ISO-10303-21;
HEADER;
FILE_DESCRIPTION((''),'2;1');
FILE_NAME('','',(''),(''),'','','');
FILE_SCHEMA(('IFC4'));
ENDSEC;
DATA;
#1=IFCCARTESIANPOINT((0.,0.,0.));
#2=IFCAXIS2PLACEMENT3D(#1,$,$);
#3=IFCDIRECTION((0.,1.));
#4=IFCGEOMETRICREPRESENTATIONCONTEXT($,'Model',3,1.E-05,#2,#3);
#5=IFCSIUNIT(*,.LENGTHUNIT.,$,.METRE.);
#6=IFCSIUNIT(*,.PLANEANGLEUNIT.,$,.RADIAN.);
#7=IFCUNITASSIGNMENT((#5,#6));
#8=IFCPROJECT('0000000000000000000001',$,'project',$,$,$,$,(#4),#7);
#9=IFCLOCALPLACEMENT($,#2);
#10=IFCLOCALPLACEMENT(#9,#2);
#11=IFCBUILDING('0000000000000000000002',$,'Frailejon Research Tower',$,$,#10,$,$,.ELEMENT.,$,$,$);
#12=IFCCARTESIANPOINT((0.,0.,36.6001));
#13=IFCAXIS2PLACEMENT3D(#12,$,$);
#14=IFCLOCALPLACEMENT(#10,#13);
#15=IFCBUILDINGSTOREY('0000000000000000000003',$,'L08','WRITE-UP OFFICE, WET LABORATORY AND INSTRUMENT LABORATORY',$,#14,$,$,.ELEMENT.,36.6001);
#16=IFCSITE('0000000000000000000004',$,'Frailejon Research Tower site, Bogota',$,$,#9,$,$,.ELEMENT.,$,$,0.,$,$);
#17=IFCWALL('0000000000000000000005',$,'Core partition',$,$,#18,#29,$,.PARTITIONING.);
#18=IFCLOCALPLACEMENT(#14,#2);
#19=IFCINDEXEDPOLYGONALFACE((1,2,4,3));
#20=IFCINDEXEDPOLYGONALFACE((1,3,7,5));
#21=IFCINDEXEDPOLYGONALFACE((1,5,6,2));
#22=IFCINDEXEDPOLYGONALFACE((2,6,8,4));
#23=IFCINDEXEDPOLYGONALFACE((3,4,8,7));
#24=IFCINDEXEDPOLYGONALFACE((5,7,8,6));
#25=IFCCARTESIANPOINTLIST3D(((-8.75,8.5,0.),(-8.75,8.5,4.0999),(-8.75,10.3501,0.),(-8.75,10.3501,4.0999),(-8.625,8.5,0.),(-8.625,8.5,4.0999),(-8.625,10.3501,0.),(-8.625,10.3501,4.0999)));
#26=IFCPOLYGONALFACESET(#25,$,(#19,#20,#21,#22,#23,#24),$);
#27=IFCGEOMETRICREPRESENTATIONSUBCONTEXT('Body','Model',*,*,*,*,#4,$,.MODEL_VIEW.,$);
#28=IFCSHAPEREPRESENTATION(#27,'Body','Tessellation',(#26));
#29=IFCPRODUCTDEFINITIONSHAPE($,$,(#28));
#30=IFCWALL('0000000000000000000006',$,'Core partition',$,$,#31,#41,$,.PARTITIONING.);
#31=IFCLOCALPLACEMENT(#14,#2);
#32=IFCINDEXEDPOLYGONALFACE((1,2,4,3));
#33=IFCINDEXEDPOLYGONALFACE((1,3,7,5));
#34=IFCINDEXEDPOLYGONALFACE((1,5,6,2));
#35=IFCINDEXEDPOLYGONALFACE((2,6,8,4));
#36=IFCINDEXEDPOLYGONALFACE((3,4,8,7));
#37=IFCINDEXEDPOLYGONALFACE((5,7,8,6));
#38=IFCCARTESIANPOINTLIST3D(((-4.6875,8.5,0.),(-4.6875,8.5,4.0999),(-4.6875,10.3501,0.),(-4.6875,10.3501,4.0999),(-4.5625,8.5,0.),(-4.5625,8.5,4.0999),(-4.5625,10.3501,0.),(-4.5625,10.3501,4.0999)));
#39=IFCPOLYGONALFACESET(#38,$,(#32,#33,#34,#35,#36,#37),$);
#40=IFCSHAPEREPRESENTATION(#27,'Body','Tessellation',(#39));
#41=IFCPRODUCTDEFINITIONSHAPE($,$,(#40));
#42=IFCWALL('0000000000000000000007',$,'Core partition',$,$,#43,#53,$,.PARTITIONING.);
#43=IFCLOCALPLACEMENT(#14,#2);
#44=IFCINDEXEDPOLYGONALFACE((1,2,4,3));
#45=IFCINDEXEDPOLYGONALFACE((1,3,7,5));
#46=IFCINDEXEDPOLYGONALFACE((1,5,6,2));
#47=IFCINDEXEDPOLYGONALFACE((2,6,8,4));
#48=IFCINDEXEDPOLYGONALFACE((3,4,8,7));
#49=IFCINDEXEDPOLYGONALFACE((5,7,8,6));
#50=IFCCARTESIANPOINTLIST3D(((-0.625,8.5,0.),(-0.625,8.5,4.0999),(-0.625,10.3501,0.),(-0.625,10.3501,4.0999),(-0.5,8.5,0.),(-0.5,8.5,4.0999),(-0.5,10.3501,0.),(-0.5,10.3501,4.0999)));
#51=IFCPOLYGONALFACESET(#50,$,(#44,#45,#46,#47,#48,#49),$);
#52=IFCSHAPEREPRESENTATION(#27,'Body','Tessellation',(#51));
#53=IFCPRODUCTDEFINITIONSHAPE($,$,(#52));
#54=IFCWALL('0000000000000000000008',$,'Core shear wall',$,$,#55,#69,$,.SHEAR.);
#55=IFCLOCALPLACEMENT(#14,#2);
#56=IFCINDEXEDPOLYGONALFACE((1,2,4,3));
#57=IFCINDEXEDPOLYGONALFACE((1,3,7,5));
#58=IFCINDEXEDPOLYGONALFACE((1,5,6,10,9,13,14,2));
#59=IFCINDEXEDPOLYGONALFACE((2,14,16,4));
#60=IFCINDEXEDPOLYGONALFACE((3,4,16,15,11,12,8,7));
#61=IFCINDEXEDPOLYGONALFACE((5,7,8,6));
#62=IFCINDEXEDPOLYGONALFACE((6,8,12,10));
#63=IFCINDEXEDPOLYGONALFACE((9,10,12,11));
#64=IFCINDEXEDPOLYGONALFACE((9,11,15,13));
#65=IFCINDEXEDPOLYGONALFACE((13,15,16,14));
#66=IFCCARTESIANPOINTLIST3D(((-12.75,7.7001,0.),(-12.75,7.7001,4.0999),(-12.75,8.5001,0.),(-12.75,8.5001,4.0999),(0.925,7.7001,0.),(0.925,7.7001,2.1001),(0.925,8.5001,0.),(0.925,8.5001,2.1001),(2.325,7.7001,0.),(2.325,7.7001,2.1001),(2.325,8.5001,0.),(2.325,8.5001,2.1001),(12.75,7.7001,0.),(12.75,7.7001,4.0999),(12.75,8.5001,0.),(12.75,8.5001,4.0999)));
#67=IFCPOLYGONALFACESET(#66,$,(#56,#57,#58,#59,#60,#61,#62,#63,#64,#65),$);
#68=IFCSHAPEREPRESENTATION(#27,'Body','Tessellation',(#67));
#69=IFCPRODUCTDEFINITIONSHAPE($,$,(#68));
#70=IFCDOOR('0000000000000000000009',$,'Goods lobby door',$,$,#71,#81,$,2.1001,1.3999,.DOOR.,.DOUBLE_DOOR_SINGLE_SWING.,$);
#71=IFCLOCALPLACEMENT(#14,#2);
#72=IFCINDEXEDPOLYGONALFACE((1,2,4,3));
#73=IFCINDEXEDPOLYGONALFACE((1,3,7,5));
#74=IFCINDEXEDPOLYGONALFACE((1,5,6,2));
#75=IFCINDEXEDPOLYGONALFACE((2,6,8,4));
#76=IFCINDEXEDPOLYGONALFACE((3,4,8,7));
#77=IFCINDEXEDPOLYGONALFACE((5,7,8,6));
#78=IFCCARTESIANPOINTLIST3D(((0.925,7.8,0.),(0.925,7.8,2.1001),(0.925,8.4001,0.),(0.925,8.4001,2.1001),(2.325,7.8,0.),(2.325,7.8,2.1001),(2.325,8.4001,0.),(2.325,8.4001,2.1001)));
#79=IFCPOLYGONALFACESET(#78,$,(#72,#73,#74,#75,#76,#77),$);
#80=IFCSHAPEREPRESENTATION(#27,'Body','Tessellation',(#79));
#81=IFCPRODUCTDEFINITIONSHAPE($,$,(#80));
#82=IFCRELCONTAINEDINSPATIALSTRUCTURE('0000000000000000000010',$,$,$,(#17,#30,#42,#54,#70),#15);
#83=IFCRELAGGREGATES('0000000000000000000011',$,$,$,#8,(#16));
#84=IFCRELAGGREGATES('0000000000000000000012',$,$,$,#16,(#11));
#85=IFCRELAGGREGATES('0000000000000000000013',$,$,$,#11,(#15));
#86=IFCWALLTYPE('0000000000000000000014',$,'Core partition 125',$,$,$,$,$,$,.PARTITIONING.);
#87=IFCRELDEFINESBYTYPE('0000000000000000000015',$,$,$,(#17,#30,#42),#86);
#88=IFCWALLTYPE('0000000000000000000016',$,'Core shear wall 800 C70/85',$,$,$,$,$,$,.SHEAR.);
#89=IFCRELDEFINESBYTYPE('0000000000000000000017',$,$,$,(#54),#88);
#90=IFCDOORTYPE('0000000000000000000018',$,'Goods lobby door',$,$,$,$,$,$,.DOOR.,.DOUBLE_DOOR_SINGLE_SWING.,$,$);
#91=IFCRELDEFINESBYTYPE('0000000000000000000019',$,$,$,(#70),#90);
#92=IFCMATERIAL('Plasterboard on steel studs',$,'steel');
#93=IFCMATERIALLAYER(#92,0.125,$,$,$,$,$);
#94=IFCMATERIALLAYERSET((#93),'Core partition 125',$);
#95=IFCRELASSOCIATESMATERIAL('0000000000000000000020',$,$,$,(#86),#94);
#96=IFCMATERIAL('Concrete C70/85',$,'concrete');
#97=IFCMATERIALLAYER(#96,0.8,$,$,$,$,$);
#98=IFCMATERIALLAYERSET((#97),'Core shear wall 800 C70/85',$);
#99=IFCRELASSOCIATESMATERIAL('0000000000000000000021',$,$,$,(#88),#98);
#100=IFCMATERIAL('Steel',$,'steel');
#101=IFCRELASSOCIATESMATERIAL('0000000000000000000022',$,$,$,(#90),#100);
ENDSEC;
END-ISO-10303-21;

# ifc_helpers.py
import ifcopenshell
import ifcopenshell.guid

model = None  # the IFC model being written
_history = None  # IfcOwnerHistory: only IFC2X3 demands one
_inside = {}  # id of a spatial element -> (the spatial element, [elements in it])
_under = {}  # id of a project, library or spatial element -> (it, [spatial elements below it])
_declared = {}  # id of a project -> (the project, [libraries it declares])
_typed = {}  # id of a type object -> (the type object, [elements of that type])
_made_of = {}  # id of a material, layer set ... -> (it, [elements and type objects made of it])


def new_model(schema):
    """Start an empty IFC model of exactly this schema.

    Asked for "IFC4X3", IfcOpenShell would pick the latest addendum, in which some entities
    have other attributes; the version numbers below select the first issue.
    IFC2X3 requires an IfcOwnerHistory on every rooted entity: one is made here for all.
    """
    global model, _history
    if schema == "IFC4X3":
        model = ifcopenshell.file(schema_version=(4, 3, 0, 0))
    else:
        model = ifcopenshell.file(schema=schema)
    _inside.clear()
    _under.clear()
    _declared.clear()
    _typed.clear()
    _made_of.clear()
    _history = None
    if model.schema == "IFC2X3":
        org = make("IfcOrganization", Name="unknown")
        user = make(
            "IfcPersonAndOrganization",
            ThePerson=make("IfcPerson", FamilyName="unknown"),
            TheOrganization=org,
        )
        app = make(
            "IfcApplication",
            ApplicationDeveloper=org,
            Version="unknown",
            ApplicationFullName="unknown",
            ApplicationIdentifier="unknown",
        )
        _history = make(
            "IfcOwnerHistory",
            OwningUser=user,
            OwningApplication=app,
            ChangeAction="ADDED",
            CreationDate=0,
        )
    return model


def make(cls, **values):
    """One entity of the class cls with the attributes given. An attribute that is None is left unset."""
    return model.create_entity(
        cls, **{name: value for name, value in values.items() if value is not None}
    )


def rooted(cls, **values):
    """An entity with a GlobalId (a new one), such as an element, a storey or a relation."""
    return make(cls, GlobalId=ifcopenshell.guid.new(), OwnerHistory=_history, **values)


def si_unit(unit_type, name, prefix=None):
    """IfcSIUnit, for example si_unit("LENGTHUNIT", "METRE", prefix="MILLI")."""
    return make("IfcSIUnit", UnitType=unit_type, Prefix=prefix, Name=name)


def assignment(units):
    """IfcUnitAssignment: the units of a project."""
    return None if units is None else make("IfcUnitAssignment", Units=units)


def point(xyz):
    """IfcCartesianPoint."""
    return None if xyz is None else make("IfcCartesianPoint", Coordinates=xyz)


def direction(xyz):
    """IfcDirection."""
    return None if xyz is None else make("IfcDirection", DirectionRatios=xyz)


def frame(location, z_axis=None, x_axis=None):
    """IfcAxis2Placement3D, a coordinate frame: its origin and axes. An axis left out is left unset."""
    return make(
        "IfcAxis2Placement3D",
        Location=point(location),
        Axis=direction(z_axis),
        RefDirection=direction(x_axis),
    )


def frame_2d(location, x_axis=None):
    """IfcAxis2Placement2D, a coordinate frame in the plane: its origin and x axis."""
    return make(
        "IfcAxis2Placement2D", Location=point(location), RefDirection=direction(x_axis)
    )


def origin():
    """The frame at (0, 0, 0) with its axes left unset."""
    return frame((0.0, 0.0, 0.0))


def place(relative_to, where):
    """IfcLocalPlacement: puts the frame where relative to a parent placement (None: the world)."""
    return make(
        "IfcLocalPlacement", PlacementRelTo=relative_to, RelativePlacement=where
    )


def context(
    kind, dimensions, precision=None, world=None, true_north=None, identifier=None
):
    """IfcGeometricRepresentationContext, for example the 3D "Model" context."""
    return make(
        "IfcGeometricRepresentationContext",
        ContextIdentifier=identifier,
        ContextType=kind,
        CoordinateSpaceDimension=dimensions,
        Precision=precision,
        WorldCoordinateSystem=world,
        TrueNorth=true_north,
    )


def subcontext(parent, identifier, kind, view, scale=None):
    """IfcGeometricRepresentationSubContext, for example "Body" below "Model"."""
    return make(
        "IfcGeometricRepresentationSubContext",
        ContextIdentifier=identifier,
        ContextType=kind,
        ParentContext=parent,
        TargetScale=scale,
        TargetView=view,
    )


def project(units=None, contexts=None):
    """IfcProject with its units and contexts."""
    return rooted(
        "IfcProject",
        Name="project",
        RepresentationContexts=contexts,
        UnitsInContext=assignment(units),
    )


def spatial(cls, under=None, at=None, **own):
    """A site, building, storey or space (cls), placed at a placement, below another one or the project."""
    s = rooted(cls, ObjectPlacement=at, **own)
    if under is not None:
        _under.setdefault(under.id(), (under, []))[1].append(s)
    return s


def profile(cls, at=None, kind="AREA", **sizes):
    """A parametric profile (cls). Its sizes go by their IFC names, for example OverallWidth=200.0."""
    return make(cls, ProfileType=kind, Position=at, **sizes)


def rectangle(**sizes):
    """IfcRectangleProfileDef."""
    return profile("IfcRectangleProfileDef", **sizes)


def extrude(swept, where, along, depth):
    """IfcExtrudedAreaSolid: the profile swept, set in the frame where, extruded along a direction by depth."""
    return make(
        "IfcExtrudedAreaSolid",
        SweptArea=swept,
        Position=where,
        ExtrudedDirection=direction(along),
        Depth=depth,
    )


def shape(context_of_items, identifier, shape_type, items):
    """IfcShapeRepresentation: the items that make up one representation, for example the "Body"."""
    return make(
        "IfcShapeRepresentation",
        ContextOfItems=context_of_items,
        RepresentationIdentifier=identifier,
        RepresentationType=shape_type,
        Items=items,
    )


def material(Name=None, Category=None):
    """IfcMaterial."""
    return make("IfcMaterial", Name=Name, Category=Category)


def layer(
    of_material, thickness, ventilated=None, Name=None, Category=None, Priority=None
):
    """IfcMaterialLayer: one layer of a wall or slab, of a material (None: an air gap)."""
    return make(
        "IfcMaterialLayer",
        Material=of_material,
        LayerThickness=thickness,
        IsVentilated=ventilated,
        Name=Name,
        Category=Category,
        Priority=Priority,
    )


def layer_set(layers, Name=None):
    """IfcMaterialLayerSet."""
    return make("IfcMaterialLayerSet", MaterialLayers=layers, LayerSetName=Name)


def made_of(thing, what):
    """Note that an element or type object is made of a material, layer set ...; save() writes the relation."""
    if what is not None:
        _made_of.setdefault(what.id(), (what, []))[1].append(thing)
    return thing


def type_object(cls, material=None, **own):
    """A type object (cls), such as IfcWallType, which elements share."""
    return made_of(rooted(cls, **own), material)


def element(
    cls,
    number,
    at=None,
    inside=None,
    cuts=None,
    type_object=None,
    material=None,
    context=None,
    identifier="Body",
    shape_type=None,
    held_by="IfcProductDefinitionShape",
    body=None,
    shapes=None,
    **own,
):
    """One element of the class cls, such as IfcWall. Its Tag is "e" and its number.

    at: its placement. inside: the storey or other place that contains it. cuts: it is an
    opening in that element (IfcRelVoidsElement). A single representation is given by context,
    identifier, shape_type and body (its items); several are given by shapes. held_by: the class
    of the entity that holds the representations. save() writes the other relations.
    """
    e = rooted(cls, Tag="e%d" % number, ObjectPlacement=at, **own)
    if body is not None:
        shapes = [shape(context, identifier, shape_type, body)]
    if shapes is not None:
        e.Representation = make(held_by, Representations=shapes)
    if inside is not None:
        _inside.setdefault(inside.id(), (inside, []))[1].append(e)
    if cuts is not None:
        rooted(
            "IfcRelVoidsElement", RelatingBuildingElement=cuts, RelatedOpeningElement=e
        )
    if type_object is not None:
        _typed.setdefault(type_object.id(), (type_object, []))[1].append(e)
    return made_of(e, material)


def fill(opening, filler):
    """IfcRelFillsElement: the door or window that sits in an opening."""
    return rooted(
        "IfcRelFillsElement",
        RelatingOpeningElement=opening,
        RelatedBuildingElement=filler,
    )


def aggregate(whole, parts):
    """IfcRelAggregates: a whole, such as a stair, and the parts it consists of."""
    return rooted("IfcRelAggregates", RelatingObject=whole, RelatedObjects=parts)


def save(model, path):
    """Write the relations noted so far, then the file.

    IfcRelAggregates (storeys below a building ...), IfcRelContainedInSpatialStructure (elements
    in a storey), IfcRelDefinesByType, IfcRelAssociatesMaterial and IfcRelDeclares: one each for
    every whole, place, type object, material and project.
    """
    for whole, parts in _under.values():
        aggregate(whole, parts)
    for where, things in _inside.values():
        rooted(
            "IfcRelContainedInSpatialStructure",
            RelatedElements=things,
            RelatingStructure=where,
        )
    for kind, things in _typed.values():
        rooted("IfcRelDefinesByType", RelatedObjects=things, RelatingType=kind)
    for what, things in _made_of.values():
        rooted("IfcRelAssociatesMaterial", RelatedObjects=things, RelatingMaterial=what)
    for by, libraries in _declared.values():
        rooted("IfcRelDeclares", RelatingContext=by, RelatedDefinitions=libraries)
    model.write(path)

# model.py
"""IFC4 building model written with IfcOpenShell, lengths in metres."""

from ifc_helpers import new_model, si_unit, direction, frame, frame_2d, origin, place, context, subcontext, project, spatial, rectangle, extrude, material, layer, layer_set, type_object, element, fill, save


model = new_model("IFC4")

# Units and contexts
model_context = context("Model", 3, precision=1e-05, world=origin(), true_north=direction((0.0, 1.0)))
body_context = subcontext(model_context, "Body", "Model", "MODEL_VIEW")
ifc_project = project(units=[si_unit("LENGTHUNIT", "METRE"), si_unit("PLANEANGLEUNIT", "RADIAN")], contexts=[model_context])

# Site, building, storey
site_placement = place(None, origin())
site = spatial("IfcSite", under=ifc_project, at=site_placement, Name="Frailejon Research Tower site, Bogota", CompositionType="ELEMENT", RefElevation=0.0)
building_placement = place(site_placement, origin())
building = spatial("IfcBuilding", under=site, at=building_placement, Name="Frailejon Research Tower", CompositionType="ELEMENT")
storey_placement = place(building_placement, frame((0.0, 0.0, 36.6001)))
storey = spatial("IfcBuildingStorey", under=building, at=storey_placement, Name="L08", Description="WRITE-UP OFFICE, WET LABORATORY AND INSTRUMENT LABORATORY", CompositionType="ELEMENT", Elevation=36.6001)

# Walls
ifc_material_1 = material(Name="Plasterboard on steel studs", Category="steel")
ifc_layer_1 = layer(ifc_material_1, 0.125)
ifc_layer_set_1 = layer_set([ifc_layer_1], Name="Core partition 125")
wall_type_1 = type_object("IfcWallType", Name="Core partition 125", PredefinedType="PARTITIONING", material=ifc_layer_set_1)
for number, where, z_axis, x_axis, name in (
    (1, (-8.6875, 8.5, 0.0), (0.0, 0.0, 1.0), (0.0, 1.0, 0.0), "Core partition"),
    (2, (-4.625, 8.5, 0.0), (0.0, 0.0, 1.0), (0.0, 1.0, 0.0), "Core partition"),
    (3, (-0.5625, 8.5, 0.0), (0.0, 0.0, 1.0), (0.0, 1.0, 0.0), "Core partition"),
):
    element("IfcWall", number, at=place(storey_placement, frame(where, z_axis=z_axis, x_axis=x_axis)), inside=storey, type_object=wall_type_1, Name=name, PredefinedType="PARTITIONING", context=body_context, shape_type="SweptSolid", body=[
        extrude(rectangle(XDim=1.8501, YDim=0.125, at=frame_2d((0.925, 0.0))), origin(), (0.0, 0.0, 1.0), 4.0999),
    ])

# Wall, opening, door
ifc_material_2 = material(Name="Concrete C70/85", Category="concrete")
ifc_layer_2 = layer(ifc_material_2, 0.8)
ifc_layer_set_2 = layer_set([ifc_layer_2], Name="Core shear wall 800 C70/85")
wall_type_2 = type_object("IfcWallType", Name="Core shear wall 800 C70/85", PredefinedType="SHEAR", material=ifc_layer_set_2)
wall_1_placement = place(storey_placement, frame((-12.75, 8.1001, 0.0), z_axis=(0.0, 0.0, 1.0), x_axis=(1.0, 0.0, 0.0)))
wall_1 = element("IfcWall", 4, at=wall_1_placement, inside=storey, type_object=wall_type_2, Name="Core shear wall", PredefinedType="SHEAR", context=body_context, shape_type="SweptSolid", body=[
    extrude(rectangle(XDim=25.5, YDim=0.8, at=frame_2d((12.75, 0.0))), origin(), (0.0, 0.0, 1.0), 4.0999),
])
opening_1_placement = place(wall_1_placement, frame((13.675, 0.0, 0.0)))
opening_1 = element("IfcOpeningElement", 5, at=opening_1_placement, cuts=wall_1, PredefinedType="OPENING", context=body_context, shape_type="SweptSolid", body=[
    extrude(rectangle(XDim=1.3999, YDim=2.1001, at=frame_2d((0.7, 1.05))), frame((0.0, 0.4099, 0.0), z_axis=(0.0, -1.0, 0.0), x_axis=(1.0, 0.0, 0.0)), (0.0, 0.0, 1.0), 0.8201),
])
ifc_material_3 = material(Name="Steel", Category="steel")
door_type_1 = type_object("IfcDoorType", Name="Goods lobby door", OperationType="DOUBLE_DOOR_SINGLE_SWING", PredefinedType="DOOR", material=ifc_material_3)
door_1_placement = place(opening_1_placement, origin())
door_1 = element("IfcDoor", 6, at=door_1_placement, inside=storey, type_object=door_type_1, Name="Goods lobby door", OperationType="DOUBLE_DOOR_SINGLE_SWING", OverallHeight=2.1001, OverallWidth=1.3999, PredefinedType="DOOR", context=body_context, shape_type="SweptSolid", body=[
    extrude(rectangle(XDim=1.3999, YDim=2.1001, at=frame_2d((0.7, 1.05))), frame((0.0, 0.3, 0.0), z_axis=(0.0, -1.0, 0.0), x_axis=(1.0, 0.0, 0.0)), (0.0, 0.0, 1.0), 0.6001),
])
fill(opening_1, door_1)

save(model, "model.ifc")
